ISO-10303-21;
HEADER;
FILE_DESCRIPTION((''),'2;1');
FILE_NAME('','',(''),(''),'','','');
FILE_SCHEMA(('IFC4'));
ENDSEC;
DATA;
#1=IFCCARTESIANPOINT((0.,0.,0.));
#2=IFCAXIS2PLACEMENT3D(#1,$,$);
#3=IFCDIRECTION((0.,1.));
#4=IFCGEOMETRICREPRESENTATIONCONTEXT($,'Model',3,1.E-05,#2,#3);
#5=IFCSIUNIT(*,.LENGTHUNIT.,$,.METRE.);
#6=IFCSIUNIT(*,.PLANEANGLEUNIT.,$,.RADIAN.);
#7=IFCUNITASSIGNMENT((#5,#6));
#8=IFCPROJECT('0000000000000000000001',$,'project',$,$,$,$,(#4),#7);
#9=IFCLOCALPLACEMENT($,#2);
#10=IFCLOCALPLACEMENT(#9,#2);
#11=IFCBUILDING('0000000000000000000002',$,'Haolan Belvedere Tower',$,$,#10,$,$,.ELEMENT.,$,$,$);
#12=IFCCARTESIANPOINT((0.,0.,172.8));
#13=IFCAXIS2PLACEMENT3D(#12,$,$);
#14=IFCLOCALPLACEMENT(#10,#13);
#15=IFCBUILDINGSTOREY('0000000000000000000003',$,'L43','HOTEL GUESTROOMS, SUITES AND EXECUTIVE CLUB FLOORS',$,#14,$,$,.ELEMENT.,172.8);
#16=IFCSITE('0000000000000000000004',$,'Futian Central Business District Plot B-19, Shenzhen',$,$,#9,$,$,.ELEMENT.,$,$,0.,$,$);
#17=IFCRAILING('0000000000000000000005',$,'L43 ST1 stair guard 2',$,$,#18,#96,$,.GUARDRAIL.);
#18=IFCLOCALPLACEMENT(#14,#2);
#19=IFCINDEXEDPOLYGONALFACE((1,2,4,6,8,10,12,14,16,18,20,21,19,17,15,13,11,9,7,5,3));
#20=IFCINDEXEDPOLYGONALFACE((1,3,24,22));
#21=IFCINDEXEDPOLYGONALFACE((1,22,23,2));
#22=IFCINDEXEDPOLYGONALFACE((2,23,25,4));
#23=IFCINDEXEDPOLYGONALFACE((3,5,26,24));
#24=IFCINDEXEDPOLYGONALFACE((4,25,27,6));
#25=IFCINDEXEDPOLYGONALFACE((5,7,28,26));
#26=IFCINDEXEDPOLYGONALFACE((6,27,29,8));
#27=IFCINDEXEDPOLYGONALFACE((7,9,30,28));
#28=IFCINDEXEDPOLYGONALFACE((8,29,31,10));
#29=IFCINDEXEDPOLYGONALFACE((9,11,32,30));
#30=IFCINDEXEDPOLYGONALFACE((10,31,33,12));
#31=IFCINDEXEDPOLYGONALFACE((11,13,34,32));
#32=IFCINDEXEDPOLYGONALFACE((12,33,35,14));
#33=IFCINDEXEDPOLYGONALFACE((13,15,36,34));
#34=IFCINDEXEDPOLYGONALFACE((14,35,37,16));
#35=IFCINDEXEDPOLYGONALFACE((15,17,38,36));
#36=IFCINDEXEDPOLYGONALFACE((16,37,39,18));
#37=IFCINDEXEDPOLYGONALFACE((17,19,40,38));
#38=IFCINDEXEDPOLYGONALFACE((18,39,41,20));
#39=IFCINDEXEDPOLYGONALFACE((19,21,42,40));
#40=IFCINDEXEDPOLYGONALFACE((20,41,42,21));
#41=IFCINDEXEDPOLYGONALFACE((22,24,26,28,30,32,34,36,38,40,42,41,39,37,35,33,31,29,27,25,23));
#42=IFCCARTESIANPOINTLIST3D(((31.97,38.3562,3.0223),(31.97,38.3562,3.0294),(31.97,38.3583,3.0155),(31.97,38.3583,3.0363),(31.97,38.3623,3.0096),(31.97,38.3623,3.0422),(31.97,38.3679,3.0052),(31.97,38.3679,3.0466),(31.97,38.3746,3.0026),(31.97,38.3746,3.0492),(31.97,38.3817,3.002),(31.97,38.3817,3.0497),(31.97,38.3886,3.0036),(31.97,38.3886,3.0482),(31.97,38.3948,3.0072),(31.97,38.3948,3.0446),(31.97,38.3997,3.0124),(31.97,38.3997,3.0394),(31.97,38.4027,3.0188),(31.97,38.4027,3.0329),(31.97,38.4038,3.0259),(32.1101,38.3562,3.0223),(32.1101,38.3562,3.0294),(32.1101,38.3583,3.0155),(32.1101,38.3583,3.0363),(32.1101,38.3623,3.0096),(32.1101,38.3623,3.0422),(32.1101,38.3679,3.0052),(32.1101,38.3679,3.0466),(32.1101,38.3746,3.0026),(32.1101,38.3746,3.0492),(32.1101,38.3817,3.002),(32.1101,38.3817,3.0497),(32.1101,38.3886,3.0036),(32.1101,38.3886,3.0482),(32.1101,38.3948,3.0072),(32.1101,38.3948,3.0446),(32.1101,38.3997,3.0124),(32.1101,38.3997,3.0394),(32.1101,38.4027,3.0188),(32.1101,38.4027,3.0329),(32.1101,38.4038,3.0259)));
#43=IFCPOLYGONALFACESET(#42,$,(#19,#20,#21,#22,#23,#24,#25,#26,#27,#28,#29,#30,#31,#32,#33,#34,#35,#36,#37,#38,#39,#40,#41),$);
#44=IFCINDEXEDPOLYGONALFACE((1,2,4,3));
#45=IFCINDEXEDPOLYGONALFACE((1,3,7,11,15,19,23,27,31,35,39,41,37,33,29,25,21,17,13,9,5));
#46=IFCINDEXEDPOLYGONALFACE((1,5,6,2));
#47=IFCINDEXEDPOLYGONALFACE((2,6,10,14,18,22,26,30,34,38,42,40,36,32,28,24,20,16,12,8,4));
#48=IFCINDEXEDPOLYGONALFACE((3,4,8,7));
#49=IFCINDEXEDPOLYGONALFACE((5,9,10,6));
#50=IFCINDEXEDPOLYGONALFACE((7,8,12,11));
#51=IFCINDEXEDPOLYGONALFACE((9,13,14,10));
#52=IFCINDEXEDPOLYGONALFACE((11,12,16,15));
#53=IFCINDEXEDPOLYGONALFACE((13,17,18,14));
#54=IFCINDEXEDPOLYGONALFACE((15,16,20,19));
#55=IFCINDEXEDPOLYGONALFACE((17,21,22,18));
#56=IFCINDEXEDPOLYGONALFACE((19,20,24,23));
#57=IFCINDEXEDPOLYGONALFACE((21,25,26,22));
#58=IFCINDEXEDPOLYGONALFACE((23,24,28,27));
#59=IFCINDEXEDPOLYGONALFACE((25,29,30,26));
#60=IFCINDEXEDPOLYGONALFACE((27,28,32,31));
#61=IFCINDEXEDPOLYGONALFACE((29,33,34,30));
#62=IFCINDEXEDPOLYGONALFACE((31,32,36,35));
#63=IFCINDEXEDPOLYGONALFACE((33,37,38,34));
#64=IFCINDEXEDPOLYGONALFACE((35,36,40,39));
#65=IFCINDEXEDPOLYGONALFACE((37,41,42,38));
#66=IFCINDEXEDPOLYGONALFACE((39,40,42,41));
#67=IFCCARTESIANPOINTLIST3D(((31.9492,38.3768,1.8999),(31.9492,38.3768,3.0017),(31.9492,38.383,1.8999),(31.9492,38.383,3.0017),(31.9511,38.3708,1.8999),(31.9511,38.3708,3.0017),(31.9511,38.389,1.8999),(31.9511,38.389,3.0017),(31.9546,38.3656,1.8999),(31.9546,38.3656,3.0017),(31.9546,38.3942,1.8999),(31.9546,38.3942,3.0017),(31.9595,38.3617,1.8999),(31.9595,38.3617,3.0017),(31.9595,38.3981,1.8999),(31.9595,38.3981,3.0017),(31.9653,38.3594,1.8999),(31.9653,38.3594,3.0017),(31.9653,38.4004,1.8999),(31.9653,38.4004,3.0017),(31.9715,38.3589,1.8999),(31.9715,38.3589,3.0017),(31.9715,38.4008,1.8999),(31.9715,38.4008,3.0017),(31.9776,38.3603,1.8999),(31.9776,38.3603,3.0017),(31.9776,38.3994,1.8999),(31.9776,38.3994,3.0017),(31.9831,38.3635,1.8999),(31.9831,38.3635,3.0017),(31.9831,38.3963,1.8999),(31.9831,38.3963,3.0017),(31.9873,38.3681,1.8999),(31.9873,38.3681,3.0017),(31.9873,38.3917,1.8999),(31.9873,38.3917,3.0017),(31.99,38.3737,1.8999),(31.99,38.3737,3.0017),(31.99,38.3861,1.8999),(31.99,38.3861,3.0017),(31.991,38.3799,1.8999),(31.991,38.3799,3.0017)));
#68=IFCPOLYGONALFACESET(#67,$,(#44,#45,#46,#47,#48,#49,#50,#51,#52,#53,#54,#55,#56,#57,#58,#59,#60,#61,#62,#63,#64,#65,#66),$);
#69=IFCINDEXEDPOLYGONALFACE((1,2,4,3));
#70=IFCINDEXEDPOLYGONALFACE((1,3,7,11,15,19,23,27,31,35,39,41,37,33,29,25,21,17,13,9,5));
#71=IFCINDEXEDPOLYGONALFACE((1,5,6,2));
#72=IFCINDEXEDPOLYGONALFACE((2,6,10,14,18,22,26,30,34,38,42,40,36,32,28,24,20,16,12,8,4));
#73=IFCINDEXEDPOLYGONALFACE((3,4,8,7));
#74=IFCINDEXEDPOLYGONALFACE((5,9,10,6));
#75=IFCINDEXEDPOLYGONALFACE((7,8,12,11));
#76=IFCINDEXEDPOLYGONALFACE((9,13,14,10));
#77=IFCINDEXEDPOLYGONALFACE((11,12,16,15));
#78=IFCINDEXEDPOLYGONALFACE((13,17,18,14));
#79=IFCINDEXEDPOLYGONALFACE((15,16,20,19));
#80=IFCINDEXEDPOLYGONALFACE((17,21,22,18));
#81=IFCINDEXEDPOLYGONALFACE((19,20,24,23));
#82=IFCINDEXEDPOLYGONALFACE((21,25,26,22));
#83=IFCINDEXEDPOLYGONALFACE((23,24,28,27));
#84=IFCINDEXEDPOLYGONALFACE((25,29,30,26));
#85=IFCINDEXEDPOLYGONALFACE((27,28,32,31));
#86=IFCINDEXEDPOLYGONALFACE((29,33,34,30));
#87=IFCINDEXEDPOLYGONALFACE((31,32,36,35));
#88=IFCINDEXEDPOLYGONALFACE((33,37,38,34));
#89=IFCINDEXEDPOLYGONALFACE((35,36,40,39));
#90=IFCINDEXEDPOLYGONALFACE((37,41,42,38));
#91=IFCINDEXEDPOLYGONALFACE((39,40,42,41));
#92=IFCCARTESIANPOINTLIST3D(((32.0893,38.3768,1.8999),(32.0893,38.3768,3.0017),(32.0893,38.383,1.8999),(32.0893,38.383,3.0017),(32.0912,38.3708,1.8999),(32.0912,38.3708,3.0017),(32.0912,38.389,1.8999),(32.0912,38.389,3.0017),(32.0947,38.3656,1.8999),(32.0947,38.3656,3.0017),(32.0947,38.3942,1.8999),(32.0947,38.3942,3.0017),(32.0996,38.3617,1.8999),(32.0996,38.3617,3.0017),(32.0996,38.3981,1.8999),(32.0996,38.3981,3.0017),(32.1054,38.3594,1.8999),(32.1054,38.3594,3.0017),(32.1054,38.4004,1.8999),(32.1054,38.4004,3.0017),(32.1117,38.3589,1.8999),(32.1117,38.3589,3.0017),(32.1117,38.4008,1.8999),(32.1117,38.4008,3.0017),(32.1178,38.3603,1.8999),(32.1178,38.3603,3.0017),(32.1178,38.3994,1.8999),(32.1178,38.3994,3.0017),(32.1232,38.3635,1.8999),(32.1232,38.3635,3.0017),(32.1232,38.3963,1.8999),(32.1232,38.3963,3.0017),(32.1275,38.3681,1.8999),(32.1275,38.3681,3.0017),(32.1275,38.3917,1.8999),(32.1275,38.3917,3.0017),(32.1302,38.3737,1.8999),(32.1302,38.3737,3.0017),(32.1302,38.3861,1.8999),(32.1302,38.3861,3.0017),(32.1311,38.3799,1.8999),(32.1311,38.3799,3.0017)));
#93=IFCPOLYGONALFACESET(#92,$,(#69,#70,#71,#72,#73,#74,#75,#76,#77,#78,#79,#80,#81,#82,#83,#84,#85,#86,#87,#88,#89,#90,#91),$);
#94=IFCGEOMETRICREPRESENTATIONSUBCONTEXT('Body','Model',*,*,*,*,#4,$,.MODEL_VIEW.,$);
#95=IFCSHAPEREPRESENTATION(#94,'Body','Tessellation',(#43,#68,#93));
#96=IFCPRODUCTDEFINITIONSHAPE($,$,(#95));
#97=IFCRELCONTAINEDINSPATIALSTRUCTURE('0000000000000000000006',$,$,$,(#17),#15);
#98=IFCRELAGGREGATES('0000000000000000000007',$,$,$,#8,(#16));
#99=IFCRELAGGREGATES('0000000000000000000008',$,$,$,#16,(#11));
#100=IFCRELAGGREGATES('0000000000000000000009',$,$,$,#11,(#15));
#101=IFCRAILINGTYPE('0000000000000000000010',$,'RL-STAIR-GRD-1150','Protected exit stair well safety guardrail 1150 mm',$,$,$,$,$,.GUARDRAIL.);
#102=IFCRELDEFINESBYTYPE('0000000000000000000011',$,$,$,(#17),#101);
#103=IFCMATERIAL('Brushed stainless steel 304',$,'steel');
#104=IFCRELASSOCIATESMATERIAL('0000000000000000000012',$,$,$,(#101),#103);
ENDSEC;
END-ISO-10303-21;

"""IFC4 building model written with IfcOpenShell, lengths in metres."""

from ifc_helpers import new_model, si_unit, direction, frame, origin, origin_2d, place, context, subcontext, project, spatial, circle, extrude, material, type_object, element, save


model = new_model("IFC4")

# Units and contexts
model_context = context("Model", 3, precision=1e-05, world=origin(), true_north=direction((0.0, 1.0)))
body_context = subcontext(model_context, "Body", "Model", "MODEL_VIEW")
ifc_project = project(units=[si_unit("LENGTHUNIT", "METRE"), si_unit("PLANEANGLEUNIT", "RADIAN")], contexts=[model_context])

# Site, building, storey
site_placement = place(None, origin())
site = spatial("IfcSite", under=ifc_project, at=site_placement, Name="Futian Central Business District Plot B-19, Shenzhen", CompositionType="ELEMENT", RefElevation=0.0)
building_placement = place(site_placement, origin())
building = spatial("IfcBuilding", under=site, at=building_placement, Name="Haolan Belvedere Tower", CompositionType="ELEMENT")
storey_placement = place(building_placement, frame((0.0, 0.0, 172.8)))
storey = spatial("IfcBuildingStorey", under=building, at=storey_placement, Name="L43", Description="HOTEL GUESTROOMS, SUITES AND EXECUTIVE CLUB FLOORS", CompositionType="ELEMENT", Elevation=172.8)

# Railing
ifc_material_1 = material(Name="Brushed stainless steel 304", Category="steel")
railing_type_1 = type_object("IfcRailingType", Name="RL-STAIR-GRD-1150", Description="Protected exit stair well safety guardrail 1150 mm", PredefinedType="GUARDRAIL", material=ifc_material_1)
railing_1_placement = place(storey_placement, frame((31.97, 38.3799, 1.8999)))
element("IfcRailing", 1, at=railing_1_placement, inside=storey, type_object=railing_type_1, Name="L43 ST1 stair guard 2", PredefinedType="GUARDRAIL", context=body_context, shape_type="SweptSolid", body=[
    extrude(circle(Radius=0.0239, at=origin_2d()), frame((0.0, 0.0, 1.126), z_axis=(1.0, 0.0, 0.0), x_axis=(0.0, 1.0, 0.0)), (0.0, 0.0, 1.0), 0.1401),
    extrude(circle(Radius=0.021, at=origin_2d()), origin(), (0.0, 0.0, 1.0), 1.1018),
    extrude(circle(Radius=0.021, at=origin_2d()), frame((0.1401, 0.0, 0.0)), (0.0, 0.0, 1.0), 1.1018),
])

save(model, "model.ifc")
